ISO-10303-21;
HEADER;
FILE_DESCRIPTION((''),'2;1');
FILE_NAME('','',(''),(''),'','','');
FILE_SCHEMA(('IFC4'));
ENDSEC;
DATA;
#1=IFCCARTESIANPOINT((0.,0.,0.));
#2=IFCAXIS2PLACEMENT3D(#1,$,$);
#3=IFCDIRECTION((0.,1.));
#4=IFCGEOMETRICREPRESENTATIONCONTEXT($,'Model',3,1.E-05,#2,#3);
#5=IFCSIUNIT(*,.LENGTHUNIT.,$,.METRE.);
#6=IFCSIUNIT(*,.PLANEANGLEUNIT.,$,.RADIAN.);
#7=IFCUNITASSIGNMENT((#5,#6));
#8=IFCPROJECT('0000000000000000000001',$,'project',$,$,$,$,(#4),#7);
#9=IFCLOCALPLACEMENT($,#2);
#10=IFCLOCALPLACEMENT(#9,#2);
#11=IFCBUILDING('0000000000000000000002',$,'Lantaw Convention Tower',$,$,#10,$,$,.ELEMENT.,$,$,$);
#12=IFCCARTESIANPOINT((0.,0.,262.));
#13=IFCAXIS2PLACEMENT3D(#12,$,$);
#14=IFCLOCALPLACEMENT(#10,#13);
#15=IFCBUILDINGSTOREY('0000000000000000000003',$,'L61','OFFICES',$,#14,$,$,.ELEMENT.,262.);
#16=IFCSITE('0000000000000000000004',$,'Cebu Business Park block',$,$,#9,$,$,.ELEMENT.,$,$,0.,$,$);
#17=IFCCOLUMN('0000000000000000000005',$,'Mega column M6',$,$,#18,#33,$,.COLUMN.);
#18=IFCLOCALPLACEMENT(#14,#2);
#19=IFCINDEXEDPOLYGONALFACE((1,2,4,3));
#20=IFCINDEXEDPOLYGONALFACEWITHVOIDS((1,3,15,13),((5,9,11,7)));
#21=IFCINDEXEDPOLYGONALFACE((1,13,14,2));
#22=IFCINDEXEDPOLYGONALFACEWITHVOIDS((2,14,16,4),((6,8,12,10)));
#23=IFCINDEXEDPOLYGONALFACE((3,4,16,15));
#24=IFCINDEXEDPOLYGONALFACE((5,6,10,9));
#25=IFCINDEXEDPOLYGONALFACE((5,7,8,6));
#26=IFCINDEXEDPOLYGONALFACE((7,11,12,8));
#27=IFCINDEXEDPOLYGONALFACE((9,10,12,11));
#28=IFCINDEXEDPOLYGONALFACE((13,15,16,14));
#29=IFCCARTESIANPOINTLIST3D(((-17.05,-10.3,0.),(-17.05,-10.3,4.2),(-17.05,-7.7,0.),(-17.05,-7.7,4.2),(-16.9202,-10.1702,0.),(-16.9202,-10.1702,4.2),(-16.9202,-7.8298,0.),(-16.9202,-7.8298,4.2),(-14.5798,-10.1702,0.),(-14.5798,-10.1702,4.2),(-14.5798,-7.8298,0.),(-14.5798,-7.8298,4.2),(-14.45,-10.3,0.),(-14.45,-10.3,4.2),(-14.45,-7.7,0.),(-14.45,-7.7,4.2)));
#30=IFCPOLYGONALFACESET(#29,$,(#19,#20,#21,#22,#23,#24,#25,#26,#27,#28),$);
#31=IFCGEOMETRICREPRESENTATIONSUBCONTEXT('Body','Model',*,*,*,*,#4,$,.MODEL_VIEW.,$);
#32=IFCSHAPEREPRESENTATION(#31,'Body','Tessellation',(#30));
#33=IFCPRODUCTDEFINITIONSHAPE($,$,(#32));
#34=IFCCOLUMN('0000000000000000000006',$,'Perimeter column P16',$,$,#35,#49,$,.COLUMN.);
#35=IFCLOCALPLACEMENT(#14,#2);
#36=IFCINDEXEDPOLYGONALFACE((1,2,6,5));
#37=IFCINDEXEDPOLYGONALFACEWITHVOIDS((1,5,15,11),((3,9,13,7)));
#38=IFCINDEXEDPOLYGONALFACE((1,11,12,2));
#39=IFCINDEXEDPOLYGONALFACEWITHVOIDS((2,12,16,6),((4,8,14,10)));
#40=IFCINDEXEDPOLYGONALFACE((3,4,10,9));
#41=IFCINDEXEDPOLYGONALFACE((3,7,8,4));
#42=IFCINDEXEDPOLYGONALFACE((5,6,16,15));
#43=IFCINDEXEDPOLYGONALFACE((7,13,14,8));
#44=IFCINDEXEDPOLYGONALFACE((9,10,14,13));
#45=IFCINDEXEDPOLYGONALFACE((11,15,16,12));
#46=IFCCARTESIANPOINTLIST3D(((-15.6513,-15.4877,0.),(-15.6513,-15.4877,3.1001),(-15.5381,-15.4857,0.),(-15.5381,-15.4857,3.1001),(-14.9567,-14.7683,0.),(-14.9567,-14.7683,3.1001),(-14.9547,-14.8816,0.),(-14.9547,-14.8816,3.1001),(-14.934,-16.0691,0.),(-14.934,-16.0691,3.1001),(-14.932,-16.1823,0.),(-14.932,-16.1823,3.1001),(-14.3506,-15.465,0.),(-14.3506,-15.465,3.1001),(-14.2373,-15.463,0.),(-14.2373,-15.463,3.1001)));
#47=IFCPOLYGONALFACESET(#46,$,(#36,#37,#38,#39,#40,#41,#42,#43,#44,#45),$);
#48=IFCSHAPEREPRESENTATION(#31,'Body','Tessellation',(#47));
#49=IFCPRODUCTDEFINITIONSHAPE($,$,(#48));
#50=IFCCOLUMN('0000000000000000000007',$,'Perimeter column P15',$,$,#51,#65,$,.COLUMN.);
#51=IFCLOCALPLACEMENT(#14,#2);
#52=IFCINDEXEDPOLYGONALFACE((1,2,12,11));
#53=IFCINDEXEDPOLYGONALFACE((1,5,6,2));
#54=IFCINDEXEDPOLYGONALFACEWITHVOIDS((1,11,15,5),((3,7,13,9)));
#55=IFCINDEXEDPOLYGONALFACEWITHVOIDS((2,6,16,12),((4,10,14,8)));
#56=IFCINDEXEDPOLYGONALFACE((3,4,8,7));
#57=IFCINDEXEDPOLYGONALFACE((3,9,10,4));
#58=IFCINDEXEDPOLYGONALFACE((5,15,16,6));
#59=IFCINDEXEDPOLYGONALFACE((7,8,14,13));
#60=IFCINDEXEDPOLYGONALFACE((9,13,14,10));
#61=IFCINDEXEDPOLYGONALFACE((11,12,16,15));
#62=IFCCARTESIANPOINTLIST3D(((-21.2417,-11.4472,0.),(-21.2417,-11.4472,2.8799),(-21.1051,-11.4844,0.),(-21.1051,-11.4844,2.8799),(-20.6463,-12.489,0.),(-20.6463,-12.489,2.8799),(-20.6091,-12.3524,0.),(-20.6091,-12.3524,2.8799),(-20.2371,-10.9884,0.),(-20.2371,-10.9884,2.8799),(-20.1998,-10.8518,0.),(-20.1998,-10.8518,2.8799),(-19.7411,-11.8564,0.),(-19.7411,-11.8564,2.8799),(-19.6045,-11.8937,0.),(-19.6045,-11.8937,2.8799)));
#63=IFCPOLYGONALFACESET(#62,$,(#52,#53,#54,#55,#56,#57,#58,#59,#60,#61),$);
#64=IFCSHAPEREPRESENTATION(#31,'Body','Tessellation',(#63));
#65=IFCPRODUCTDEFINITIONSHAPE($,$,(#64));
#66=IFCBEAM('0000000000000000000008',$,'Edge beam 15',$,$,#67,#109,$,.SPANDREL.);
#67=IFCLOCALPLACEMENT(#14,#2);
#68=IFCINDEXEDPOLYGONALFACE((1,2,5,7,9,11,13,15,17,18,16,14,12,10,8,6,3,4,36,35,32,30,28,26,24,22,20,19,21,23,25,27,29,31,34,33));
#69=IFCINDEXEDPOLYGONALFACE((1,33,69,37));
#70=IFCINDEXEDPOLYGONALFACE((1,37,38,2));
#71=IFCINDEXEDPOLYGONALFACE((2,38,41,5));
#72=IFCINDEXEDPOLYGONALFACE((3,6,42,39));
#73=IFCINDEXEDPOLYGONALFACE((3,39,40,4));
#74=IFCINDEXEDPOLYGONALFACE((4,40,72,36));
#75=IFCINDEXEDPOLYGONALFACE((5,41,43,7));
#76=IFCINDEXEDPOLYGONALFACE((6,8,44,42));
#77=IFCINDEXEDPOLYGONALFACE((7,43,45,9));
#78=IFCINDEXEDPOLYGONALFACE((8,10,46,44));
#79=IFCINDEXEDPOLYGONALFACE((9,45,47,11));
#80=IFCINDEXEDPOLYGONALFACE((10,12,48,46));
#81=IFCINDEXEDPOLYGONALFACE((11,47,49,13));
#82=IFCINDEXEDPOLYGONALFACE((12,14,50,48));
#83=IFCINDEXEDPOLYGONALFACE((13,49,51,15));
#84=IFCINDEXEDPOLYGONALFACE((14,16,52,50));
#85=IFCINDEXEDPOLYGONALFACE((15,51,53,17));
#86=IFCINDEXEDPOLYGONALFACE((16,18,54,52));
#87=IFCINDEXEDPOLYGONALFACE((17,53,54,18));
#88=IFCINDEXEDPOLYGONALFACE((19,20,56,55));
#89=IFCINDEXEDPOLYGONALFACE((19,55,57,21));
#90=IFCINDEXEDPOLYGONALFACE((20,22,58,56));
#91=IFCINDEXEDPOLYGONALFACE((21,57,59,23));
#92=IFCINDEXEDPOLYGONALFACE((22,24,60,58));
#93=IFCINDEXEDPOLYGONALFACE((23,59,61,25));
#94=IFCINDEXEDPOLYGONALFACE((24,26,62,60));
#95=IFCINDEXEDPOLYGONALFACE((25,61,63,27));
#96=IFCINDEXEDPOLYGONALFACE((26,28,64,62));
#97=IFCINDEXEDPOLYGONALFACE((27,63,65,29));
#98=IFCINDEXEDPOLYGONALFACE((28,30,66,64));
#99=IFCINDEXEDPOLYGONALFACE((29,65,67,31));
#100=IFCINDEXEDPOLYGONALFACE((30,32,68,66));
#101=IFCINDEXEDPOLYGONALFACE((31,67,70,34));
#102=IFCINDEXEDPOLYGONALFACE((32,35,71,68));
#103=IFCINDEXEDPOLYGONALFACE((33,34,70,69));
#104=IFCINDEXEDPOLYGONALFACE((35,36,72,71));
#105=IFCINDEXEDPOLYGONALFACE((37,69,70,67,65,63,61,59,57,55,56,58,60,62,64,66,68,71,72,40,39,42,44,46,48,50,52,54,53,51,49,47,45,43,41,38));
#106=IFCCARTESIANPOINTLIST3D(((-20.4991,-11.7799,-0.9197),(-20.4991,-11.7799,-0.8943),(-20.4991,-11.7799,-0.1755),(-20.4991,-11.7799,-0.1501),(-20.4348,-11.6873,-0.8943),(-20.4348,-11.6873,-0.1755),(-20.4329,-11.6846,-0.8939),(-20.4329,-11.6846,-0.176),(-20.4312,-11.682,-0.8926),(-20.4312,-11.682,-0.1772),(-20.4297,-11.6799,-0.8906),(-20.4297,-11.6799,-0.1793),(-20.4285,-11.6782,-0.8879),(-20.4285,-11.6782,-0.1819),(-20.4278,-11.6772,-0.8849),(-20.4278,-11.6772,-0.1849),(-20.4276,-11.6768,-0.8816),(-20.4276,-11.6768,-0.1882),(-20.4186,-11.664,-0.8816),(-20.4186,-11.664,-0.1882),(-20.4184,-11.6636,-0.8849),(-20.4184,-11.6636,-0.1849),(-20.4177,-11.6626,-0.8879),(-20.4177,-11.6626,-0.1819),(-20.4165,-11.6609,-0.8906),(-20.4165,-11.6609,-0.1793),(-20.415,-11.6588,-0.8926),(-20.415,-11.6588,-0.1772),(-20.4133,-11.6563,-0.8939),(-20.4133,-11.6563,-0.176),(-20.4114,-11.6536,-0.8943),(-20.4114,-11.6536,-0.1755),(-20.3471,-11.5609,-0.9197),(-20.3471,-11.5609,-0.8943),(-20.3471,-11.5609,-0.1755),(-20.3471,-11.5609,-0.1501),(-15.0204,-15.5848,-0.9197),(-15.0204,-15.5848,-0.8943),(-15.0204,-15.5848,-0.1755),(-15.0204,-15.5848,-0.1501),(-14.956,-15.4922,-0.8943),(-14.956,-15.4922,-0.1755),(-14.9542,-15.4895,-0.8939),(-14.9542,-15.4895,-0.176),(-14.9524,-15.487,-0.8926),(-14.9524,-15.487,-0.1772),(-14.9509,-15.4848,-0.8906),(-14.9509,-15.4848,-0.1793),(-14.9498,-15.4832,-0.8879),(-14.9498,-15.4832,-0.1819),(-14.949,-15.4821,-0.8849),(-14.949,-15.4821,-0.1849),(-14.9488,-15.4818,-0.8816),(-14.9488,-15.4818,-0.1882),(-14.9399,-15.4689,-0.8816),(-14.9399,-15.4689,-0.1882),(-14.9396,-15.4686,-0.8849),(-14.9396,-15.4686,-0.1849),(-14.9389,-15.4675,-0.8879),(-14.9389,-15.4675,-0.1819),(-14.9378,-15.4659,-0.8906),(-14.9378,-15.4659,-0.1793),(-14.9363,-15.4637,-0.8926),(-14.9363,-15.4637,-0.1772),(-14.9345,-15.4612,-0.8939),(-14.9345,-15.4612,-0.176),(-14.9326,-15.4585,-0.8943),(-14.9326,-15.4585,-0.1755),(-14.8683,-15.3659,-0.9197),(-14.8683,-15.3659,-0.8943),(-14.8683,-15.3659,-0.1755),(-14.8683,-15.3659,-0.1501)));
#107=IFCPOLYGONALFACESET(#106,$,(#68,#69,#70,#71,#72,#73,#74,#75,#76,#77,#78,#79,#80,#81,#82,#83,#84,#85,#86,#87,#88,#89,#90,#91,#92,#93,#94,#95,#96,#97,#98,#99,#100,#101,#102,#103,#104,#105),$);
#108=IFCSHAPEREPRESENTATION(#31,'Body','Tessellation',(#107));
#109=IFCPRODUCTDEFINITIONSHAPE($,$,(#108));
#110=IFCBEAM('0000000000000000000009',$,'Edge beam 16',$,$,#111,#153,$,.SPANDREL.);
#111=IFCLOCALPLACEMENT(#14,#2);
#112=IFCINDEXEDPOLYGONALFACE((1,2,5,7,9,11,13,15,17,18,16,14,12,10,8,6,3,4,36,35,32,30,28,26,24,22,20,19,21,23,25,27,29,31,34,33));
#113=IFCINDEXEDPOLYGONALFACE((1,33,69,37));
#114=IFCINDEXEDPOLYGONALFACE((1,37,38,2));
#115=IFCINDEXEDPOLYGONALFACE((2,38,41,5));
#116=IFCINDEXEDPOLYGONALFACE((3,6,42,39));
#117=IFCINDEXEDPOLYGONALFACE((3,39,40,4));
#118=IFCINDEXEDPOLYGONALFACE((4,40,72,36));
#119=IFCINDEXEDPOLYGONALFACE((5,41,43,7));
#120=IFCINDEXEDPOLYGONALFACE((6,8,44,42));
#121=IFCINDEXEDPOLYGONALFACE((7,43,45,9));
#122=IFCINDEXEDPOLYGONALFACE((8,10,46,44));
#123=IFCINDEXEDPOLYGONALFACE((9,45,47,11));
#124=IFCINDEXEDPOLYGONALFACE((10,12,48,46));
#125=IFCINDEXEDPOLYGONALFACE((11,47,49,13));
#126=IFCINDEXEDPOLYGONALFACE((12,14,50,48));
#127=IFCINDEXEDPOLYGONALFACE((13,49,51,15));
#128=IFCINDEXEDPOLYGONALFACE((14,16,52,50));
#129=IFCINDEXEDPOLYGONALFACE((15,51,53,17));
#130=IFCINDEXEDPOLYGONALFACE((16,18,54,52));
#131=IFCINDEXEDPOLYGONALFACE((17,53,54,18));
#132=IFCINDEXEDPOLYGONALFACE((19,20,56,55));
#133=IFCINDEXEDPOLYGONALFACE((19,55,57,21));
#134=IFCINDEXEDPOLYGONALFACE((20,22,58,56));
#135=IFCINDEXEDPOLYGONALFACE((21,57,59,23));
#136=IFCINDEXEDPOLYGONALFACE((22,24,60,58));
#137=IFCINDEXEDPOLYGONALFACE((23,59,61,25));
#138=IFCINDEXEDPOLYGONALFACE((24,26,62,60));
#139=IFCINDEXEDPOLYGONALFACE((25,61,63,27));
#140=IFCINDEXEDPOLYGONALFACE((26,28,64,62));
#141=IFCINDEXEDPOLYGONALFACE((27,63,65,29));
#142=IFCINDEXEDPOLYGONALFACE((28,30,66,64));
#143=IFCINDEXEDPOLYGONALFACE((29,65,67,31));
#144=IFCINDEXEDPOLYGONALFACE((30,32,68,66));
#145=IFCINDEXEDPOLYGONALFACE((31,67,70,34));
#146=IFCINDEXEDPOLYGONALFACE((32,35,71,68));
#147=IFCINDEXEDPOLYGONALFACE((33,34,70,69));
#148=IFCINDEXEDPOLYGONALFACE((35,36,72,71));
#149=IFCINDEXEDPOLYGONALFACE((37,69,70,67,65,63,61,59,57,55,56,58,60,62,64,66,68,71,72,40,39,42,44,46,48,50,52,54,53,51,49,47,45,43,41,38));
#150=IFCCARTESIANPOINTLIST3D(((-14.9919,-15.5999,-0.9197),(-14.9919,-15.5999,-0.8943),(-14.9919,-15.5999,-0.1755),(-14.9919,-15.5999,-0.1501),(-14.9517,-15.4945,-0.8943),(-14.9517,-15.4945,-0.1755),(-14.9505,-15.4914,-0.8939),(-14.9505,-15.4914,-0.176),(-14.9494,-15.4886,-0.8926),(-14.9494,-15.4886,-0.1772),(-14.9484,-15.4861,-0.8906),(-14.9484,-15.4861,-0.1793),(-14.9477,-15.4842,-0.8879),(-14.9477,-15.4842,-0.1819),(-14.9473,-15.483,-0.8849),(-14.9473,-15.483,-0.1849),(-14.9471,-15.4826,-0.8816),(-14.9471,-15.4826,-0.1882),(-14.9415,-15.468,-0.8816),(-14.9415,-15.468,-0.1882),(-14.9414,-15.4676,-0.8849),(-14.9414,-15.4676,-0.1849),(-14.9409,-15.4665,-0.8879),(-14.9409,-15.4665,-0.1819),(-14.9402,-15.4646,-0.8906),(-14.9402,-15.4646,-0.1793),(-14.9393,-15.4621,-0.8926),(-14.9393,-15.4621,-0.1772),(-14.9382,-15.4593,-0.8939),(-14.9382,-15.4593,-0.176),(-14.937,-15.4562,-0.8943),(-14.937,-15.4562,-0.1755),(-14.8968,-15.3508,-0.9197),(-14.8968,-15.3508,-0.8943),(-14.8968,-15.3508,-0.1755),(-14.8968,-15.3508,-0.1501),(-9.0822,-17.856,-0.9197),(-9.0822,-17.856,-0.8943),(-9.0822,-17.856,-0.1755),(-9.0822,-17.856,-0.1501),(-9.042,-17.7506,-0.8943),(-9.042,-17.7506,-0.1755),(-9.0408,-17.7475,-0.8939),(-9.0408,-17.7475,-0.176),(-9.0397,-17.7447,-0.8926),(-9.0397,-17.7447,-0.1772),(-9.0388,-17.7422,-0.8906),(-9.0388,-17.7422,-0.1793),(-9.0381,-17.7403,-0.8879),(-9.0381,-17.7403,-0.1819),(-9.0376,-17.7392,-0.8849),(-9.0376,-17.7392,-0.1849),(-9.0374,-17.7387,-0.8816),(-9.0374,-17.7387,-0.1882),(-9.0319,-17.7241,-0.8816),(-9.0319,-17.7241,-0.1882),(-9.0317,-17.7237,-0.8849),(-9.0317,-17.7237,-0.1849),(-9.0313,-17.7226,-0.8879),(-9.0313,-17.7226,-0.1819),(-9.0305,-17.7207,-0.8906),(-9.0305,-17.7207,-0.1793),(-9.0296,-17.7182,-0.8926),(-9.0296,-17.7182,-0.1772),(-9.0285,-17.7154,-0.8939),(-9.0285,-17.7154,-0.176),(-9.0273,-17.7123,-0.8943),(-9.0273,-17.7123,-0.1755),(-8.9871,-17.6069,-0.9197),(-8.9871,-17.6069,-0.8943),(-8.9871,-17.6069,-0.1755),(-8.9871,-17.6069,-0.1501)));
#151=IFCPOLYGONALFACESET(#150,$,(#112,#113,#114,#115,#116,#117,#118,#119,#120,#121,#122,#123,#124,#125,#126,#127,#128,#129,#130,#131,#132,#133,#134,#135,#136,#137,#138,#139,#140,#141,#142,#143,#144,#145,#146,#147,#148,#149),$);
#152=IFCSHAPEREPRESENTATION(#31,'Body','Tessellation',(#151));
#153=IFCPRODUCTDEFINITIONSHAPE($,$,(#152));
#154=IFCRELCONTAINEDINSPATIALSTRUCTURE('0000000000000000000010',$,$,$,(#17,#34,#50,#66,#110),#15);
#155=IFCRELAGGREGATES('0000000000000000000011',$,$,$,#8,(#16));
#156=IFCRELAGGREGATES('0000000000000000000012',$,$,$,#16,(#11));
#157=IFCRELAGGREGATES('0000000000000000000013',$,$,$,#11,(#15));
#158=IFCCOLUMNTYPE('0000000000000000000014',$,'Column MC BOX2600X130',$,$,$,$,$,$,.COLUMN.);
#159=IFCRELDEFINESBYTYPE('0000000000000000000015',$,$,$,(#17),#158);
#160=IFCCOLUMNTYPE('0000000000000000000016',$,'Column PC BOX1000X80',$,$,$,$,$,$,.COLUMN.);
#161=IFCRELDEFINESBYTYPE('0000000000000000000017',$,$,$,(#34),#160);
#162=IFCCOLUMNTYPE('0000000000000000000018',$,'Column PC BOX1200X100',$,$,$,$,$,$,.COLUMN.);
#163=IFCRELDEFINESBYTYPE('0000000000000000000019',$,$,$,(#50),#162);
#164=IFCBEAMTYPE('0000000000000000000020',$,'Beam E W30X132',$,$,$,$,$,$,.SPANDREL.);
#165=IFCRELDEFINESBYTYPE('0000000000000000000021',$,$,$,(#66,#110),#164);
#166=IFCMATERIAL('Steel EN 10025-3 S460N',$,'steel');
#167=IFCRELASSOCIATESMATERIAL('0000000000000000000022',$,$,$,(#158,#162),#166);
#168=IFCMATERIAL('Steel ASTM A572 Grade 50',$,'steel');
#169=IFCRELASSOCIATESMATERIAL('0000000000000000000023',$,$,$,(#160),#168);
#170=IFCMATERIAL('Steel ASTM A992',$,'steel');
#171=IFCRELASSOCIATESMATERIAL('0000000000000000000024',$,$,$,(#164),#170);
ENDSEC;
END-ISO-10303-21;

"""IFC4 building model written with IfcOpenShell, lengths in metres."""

from ifc_helpers import new_model, si_unit, direction, frame, origin, origin_2d, place, context, subcontext, project, spatial, rectangle, hollow_rectangle, i_section, extrude, material, material_profile, profile_set, type_object, element, save


model = new_model("IFC4")

# Units and contexts
model_context = context("Model", 3, precision=1e-05, world=origin(), true_north=direction((0.0, 1.0)))
body_context = subcontext(model_context, "Body", "Model", "MODEL_VIEW")
ifc_project = project(units=[si_unit("LENGTHUNIT", "METRE"), si_unit("PLANEANGLEUNIT", "RADIAN")], contexts=[model_context])

# Site, building, storey
site_placement = place(None, origin())
site = spatial("IfcSite", under=ifc_project, at=site_placement, Name="Cebu Business Park block", CompositionType="ELEMENT", RefElevation=0.0)
building_placement = place(site_placement, origin())
building = spatial("IfcBuilding", under=site, at=building_placement, Name="Lantaw Convention Tower", CompositionType="ELEMENT")
storey_placement = place(building_placement, frame((0.0, 0.0, 262.0)))
storey = spatial("IfcBuildingStorey", under=building, at=storey_placement, Name="L61", Description="OFFICES", CompositionType="ELEMENT", Elevation=262.0)

# Columns
ifc_material_1 = material(Name="Steel EN 10025-3 S460N", Category="steel")
ifc_material_profile_1 = material_profile(ifc_material_1, hollow_rectangle(XDim=2.6001, YDim=2.6001, WallThickness=0.1299, at=origin_2d()), Name="BOX2600X130")
ifc_material_2 = material(Name="Concrete C60/75", Category="concrete")
ifc_material_profile_2 = material_profile(ifc_material_2, rectangle(XDim=2.3401, YDim=2.3401, at=origin_2d()), Name="Concrete fill of BOX2600X130")
ifc_profile_set_1 = profile_set([ifc_material_profile_1, ifc_material_profile_2], Name="Steel EN 10025-3 S460N")
column_type_1 = type_object("IfcColumnType", Name="Column MC BOX2600X130", PredefinedType="COLUMN", material=ifc_profile_set_1)
column_1_placement = place(storey_placement, frame((-15.75, -9.0, 0.0), z_axis=(0.0, 0.0, 1.0), x_axis=(1.0, 0.0, 0.0)))
element("IfcColumn", 1, at=column_1_placement, inside=storey, type_object=column_type_1, Name="Mega column M6", PredefinedType="COLUMN", context=body_context, shape_type="SweptSolid", body=[
    extrude(hollow_rectangle(XDim=2.6001, YDim=2.6001, WallThickness=0.1299, at=origin_2d()), origin(), (0.0, 0.0, 1.0), 4.2),
])
ifc_material_3 = material(Name="Steel ASTM A572 Grade 50", Category="steel")
ifc_material_profile_3 = material_profile(ifc_material_3, hollow_rectangle(XDim=1.0, YDim=1.0, WallThickness=0.0801, at=origin_2d()), Name="BOX1000X80")
ifc_material_profile_4 = material_profile(ifc_material_2, rectangle(XDim=0.8401, YDim=0.8401, at=origin_2d()), Name="Concrete fill of BOX1000X80")
ifc_profile_set_2 = profile_set([ifc_material_profile_3, ifc_material_profile_4], Name="Steel ASTM A572 Grade 50")
column_type_2 = type_object("IfcColumnType", Name="Column PC BOX1000X80", PredefinedType="COLUMN", material=ifc_profile_set_2)
column_2_placement = place(storey_placement, frame((-14.9443, -15.4753, 0.0), z_axis=(0.0, 0.0, 1.0), x_axis=(0.694658, 0.71934, 0.0)))
element("IfcColumn", 2, at=column_2_placement, inside=storey, type_object=column_type_2, Name="Perimeter column P16", PredefinedType="COLUMN", context=body_context, shape_type="SweptSolid", body=[
    extrude(hollow_rectangle(XDim=1.0, YDim=1.0, WallThickness=0.0801, at=origin_2d()), origin(), (0.0, 0.0, 1.0), 3.1001),
])
ifc_material_profile_5 = material_profile(ifc_material_1, hollow_rectangle(XDim=1.2, YDim=1.2, WallThickness=0.1001, at=origin_2d()), Name="BOX1200X100")
ifc_material_profile_6 = material_profile(ifc_material_2, rectangle(XDim=1.0, YDim=1.0, at=origin_2d()), Name="Concrete fill of BOX1200X100")
ifc_profile_set_3 = profile_set([ifc_material_profile_5, ifc_material_profile_6], Name="Steel EN 10025-3 S460N")
column_type_3 = type_object("IfcColumnType", Name="Column PC BOX1200X100", PredefinedType="COLUMN", material=ifc_profile_set_3)
column_3_placement = place(storey_placement, frame((-20.4231, -11.6704, 0.0), z_axis=(0.0, 0.0, 1.0), x_axis=(0.868243, 0.496139, 0.0)))
element("IfcColumn", 3, at=column_3_placement, inside=storey, type_object=column_type_3, Name="Perimeter column P15", PredefinedType="COLUMN", context=body_context, shape_type="SweptSolid", body=[
    extrude(hollow_rectangle(XDim=1.2, YDim=1.2, WallThickness=0.1001, at=origin_2d()), origin(), (0.0, 0.0, 1.0), 2.8799),
])

# Beams
ifc_material_4 = material(Name="Steel ASTM A992", Category="steel")
ifc_material_profile_7 = material_profile(ifc_material_4, i_section(OverallWidth=0.2666, OverallDepth=0.7695, WebThickness=0.0156, FlangeThickness=0.0254, FilletRadius=0.0127, at=origin_2d()), Name="W30X132")
ifc_profile_set_4 = profile_set([ifc_material_profile_7], Name="Steel ASTM A992")
beam_type_1 = type_object("IfcBeamType", Name="Beam E W30X132", PredefinedType="SPANDREL", material=ifc_profile_set_4)
beam_1_placement = place(storey_placement, frame((-20.4231, -11.6704, -0.5349), z_axis=(0.821353, -0.57042, 0.0), x_axis=(0.57042, 0.821353, 0.0)))
element("IfcBeam", 4, at=beam_1_placement, inside=storey, type_object=beam_type_1, Name="Edge beam 15", PredefinedType="SPANDREL", context=body_context, shape_type="SweptSolid", body=[
    extrude(i_section(OverallWidth=0.2666, OverallDepth=0.7695, WebThickness=0.0156, FlangeThickness=0.0254, FilletRadius=0.0127, at=origin_2d()), origin(), (0.0, 0.0, 1.0), 6.6704),
])
beam_2_placement = place(storey_placement, frame((-14.9443, -15.4753, -0.5349), z_axis=(0.934235, -0.356658, 0.0), x_axis=(0.356658, 0.934235, 0.0)))
element("IfcBeam", 5, at=beam_2_placement, inside=storey, type_object=beam_type_1, Name="Edge beam 16", PredefinedType="SPANDREL", context=body_context, shape_type="SweptSolid", body=[
    extrude(i_section(OverallWidth=0.2666, OverallDepth=0.7695, WebThickness=0.0156, FlangeThickness=0.0254, FilletRadius=0.0127, at=origin_2d()), origin(), (0.0, 0.0, 1.0), 6.3257),
])

save(model, "model.ifc")
